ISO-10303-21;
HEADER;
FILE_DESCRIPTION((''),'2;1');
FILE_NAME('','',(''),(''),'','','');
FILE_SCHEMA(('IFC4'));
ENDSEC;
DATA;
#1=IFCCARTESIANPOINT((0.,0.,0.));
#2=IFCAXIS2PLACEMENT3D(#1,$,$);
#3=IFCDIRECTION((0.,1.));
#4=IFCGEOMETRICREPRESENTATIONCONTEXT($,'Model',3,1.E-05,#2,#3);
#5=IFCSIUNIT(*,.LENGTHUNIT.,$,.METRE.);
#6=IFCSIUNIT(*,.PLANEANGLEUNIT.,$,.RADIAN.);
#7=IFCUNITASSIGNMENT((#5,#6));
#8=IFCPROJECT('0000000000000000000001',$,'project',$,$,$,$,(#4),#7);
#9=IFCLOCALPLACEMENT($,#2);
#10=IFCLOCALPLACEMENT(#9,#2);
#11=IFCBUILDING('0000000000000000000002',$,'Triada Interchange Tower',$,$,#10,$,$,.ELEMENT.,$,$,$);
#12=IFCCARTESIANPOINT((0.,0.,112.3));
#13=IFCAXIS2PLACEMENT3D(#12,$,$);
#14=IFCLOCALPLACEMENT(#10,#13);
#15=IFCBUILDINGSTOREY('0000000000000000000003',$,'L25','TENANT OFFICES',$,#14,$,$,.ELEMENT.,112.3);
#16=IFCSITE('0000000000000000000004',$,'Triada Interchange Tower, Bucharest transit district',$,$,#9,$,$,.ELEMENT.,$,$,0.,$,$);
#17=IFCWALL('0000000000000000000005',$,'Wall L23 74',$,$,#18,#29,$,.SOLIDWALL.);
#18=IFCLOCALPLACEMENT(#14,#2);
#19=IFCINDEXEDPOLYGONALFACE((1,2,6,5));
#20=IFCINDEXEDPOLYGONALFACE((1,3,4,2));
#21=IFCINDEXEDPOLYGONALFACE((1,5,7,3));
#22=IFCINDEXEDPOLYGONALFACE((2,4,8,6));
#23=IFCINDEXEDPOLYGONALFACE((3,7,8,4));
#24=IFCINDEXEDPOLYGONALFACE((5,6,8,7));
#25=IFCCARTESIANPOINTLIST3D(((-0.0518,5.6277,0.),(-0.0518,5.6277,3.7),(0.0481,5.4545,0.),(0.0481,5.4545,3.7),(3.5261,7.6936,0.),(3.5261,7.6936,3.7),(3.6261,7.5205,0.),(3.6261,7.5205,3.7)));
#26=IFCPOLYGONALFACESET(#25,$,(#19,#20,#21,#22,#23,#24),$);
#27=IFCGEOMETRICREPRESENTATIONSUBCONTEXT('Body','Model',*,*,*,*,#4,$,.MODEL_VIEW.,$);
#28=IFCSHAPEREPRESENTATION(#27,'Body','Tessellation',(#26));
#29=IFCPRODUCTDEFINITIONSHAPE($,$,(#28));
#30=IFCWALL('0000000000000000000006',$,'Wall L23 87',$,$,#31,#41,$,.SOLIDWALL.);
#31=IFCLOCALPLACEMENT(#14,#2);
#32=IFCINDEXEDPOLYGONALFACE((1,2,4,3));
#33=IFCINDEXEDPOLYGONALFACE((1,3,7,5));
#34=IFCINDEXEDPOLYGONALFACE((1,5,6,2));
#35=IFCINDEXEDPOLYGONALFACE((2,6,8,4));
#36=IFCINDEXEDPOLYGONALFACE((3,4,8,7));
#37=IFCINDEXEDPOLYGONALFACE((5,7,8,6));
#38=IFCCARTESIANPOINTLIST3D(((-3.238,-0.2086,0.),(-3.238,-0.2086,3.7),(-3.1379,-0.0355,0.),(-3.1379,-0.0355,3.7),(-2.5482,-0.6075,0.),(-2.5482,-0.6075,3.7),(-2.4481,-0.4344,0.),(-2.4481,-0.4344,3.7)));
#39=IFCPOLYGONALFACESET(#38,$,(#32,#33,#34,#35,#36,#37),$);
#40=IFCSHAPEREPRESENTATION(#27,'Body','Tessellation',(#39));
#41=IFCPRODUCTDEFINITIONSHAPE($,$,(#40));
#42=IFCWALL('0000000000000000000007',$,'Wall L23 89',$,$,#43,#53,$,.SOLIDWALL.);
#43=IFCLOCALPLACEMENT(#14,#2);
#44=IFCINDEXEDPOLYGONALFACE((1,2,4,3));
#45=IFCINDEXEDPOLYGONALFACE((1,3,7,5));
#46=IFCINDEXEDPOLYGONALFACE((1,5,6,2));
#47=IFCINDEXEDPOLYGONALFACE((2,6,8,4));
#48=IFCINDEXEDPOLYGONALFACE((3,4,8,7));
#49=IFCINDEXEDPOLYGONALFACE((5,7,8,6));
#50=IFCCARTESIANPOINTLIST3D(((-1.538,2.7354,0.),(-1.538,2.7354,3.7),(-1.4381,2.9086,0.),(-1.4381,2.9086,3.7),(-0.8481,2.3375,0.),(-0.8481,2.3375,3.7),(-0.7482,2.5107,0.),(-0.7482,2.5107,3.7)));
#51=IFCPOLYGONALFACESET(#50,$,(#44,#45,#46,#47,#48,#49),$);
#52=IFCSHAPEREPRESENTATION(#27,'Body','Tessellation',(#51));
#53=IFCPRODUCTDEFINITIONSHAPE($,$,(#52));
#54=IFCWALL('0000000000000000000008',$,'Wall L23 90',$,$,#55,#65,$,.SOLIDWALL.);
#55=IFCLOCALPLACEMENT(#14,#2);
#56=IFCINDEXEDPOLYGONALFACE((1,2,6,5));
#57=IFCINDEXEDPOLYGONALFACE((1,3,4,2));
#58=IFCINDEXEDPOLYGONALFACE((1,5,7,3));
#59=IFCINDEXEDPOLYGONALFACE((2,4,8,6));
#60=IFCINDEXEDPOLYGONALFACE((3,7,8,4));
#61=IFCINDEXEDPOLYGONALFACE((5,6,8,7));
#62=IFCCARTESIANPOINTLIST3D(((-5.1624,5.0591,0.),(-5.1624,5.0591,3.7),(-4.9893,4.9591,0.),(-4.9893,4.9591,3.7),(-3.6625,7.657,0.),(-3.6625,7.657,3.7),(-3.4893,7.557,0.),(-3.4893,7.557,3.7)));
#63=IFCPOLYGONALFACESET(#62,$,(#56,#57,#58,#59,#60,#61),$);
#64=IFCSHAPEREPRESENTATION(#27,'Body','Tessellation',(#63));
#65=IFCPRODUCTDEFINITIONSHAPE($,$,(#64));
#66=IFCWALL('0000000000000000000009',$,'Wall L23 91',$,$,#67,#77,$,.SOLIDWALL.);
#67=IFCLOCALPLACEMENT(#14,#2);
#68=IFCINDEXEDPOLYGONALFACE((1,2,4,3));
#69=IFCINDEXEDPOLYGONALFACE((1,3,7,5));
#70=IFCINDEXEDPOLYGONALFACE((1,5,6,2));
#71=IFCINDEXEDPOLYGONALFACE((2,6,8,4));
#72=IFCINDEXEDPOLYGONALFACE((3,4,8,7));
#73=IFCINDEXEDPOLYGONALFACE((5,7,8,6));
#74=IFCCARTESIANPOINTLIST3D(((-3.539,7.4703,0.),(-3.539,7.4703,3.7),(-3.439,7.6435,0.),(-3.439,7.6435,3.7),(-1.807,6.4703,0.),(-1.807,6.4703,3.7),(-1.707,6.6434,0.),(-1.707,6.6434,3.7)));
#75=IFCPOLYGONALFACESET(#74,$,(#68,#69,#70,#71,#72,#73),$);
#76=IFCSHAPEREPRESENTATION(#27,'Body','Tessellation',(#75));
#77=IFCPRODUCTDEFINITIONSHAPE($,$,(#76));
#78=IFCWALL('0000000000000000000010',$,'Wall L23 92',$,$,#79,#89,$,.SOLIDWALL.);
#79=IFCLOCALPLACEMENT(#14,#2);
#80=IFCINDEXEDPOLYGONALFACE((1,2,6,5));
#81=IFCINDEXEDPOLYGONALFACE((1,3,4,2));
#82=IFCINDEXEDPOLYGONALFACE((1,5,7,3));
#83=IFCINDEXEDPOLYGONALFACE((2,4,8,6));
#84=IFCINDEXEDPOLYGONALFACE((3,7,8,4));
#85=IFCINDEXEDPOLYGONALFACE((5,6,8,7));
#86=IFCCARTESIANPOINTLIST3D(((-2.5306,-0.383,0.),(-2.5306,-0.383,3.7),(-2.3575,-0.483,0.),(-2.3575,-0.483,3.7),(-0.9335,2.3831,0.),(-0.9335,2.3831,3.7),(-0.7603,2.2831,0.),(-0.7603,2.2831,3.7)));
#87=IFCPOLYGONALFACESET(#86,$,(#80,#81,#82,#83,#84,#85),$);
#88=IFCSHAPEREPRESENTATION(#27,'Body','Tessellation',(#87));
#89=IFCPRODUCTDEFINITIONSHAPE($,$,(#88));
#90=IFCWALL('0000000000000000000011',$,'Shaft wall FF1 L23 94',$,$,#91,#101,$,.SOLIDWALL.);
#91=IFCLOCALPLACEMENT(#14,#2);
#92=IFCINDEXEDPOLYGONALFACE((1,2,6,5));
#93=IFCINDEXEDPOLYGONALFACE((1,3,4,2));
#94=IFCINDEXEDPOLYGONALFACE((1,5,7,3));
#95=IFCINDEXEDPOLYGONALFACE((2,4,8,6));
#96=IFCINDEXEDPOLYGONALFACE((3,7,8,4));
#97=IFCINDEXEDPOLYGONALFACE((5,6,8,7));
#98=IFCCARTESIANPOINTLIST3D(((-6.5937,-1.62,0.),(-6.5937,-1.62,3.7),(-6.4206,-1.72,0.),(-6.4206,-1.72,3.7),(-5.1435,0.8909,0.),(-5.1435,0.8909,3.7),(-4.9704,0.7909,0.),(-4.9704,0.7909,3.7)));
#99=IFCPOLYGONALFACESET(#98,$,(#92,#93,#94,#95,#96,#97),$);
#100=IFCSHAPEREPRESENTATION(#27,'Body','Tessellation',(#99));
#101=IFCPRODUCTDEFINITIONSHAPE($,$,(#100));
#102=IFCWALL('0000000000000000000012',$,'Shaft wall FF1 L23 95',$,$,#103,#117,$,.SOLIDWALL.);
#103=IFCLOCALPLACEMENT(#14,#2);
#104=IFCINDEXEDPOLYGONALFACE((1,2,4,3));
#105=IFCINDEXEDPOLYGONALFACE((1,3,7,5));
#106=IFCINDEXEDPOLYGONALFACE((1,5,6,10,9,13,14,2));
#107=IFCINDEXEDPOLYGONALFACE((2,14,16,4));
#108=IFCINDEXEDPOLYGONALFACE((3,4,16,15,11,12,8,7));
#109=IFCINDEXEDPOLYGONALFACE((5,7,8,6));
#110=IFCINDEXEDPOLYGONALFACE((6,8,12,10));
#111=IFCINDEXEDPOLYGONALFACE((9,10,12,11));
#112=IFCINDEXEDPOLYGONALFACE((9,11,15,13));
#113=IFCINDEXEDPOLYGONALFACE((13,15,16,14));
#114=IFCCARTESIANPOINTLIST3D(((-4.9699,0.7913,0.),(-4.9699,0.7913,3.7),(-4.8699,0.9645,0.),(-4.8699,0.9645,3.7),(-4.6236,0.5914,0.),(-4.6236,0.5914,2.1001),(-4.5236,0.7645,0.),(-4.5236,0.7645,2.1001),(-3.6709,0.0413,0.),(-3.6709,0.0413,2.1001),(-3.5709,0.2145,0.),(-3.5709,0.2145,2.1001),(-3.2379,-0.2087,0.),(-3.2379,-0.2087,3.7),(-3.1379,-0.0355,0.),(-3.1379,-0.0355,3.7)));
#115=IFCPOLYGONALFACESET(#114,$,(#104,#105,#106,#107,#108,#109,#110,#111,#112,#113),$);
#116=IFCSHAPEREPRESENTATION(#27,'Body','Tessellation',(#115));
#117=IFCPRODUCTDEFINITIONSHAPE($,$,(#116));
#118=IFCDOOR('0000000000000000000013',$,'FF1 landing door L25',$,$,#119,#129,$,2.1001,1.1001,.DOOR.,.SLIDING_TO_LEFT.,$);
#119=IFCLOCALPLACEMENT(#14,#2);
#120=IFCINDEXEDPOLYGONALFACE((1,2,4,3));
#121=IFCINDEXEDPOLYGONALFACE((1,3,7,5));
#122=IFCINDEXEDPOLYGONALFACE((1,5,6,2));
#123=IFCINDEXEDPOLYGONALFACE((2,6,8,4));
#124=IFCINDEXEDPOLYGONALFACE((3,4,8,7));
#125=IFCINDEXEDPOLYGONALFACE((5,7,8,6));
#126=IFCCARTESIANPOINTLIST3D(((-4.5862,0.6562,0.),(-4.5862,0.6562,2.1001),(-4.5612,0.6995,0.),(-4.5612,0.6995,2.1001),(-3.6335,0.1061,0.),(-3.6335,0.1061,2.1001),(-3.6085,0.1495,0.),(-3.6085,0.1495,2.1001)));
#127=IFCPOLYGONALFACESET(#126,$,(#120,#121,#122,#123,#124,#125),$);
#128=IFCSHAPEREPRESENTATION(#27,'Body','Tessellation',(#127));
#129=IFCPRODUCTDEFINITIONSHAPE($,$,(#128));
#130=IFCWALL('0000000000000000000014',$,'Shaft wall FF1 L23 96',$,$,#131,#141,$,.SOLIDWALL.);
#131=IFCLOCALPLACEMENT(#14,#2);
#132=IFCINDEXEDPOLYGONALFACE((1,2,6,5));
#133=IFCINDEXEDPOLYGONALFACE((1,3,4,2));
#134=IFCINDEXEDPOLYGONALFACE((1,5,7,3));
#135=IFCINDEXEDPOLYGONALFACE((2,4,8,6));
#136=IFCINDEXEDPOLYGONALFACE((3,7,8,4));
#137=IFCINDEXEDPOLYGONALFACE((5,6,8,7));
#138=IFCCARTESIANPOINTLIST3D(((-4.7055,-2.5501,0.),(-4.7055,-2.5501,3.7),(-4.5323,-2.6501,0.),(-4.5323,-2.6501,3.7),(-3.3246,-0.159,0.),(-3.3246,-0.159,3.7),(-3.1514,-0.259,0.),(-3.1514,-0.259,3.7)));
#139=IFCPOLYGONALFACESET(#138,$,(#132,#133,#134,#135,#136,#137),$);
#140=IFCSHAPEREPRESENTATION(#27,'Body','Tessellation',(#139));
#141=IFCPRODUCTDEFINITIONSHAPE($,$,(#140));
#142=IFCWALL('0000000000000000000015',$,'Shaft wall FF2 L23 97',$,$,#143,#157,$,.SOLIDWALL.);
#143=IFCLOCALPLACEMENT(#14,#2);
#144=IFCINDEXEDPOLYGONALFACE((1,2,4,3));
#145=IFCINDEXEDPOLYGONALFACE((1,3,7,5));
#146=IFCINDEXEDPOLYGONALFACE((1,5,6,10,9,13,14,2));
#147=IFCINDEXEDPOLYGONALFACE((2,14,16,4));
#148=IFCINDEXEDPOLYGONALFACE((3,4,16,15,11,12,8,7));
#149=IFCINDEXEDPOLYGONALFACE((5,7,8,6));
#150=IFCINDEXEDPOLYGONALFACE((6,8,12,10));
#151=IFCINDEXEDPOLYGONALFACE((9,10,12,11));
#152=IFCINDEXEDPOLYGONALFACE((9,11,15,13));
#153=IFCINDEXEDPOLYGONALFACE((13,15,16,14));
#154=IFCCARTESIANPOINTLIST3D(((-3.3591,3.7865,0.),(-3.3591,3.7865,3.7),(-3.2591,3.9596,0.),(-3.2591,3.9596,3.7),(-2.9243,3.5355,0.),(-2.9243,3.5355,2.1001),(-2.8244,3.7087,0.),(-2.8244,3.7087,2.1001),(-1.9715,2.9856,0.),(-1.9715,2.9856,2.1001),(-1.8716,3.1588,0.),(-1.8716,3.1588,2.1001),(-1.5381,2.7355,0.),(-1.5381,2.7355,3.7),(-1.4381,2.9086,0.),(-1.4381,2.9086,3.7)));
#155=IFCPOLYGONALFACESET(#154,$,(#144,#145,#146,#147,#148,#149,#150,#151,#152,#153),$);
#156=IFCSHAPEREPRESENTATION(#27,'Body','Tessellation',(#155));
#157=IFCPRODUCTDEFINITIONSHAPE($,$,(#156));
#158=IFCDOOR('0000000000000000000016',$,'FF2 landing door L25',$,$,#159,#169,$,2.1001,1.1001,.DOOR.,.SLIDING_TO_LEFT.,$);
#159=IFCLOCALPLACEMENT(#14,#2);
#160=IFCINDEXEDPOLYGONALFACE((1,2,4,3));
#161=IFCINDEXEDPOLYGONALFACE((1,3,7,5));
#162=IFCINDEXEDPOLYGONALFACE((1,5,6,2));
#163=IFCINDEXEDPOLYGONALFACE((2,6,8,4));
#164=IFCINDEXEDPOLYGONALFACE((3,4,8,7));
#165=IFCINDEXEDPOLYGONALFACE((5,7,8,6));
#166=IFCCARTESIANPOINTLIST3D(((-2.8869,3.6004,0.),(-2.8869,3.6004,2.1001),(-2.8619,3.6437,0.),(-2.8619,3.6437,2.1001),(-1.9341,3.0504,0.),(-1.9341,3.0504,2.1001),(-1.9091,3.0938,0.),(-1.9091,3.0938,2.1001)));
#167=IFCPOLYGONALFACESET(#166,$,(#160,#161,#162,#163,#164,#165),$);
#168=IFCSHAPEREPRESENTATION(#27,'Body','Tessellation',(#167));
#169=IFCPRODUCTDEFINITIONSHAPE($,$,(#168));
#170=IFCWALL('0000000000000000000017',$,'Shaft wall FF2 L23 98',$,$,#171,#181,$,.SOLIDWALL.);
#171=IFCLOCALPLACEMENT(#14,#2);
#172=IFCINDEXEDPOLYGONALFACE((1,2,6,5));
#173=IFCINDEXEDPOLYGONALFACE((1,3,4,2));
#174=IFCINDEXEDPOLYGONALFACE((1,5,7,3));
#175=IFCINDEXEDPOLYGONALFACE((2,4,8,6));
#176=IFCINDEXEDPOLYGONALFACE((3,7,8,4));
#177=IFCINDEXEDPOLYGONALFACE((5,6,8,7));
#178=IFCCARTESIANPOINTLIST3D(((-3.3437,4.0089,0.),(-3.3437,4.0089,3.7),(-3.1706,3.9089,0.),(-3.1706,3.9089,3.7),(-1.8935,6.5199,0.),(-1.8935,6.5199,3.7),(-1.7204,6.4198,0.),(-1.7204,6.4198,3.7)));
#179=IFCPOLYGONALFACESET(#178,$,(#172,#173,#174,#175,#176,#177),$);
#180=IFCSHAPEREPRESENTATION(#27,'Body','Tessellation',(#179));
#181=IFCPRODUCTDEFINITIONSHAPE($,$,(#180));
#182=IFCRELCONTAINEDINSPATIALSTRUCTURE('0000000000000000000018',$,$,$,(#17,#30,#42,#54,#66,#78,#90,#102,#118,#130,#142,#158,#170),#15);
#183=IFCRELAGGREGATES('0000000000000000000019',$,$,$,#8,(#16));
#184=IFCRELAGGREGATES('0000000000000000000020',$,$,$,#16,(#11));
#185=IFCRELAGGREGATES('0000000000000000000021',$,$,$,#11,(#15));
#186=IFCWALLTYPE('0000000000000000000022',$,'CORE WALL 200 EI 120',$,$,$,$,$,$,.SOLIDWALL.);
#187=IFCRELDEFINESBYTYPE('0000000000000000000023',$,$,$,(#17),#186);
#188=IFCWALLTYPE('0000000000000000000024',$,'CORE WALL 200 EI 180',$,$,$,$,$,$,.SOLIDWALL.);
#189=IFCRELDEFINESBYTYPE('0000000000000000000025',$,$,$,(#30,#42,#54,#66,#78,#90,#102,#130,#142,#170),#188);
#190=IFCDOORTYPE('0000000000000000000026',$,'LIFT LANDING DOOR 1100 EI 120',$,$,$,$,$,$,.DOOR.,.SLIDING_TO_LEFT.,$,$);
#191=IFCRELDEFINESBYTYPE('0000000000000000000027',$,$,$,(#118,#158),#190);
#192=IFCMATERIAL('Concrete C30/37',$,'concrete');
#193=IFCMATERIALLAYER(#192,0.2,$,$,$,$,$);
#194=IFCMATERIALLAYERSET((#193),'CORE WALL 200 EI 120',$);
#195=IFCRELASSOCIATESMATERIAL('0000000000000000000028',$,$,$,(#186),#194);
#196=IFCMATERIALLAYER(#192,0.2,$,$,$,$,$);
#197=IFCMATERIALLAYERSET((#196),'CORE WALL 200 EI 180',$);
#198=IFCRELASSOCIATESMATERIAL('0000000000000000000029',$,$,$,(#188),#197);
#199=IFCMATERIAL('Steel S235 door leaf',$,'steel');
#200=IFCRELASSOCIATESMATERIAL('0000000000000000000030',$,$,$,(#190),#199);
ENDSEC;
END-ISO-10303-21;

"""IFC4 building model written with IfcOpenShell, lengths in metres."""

from ifc_helpers import new_model, si_unit, direction, frame, frame_2d, origin, place, context, subcontext, project, spatial, rectangle, extrude, material, layer, layer_set, type_object, element, fill, save


model = new_model("IFC4")

# Units and contexts
model_context = context("Model", 3, precision=1e-05, world=origin(), true_north=direction((0.0, 1.0)))
body_context = subcontext(model_context, "Body", "Model", "MODEL_VIEW")
ifc_project = project(units=[si_unit("LENGTHUNIT", "METRE"), si_unit("PLANEANGLEUNIT", "RADIAN")], contexts=[model_context])

# Site, building, storey
site_placement = place(None, origin())
site = spatial("IfcSite", under=ifc_project, at=site_placement, Name="Triada Interchange Tower, Bucharest transit district", CompositionType="ELEMENT", RefElevation=0.0)
building_placement = place(site_placement, origin())
building = spatial("IfcBuilding", under=site, at=building_placement, Name="Triada Interchange Tower", CompositionType="ELEMENT")
storey_placement = place(building_placement, frame((0.0, 0.0, 112.3)))
storey = spatial("IfcBuildingStorey", under=building, at=storey_placement, Name="L25", Description="TENANT OFFICES", CompositionType="ELEMENT", Elevation=112.3)

# Walls
ifc_material_1 = material(Name="Concrete C30/37", Category="concrete")
ifc_layer_1 = layer(ifc_material_1, 0.2)
ifc_layer_set_1 = layer_set([ifc_layer_1], Name="CORE WALL 200 EI 120")
wall_type_1 = type_object("IfcWallType", Name="CORE WALL 200 EI 120", PredefinedType="SOLIDWALL", material=ifc_layer_set_1)
wall_1_placement = place(storey_placement, frame((-0.002, 5.541, 0.0), z_axis=(0.0, 0.0, 1.0), x_axis=(0.866002, 0.500041, 0.0)))
element("IfcWall", 1, at=wall_1_placement, inside=storey, type_object=wall_type_1, Name="Wall L23 74", PredefinedType="SOLIDWALL", context=body_context, shape_type="SweptSolid", body=[
    extrude(rectangle(XDim=4.1316, YDim=0.2, at=frame_2d((2.0659, 0.0))), origin(), (0.0, 0.0, 1.0), 3.7),
])
ifc_layer_2 = layer(ifc_material_1, 0.2)
ifc_layer_set_2 = layer_set([ifc_layer_2], Name="CORE WALL 200 EI 180")
wall_type_2 = type_object("IfcWallType", Name="CORE WALL 200 EI 180", PredefinedType="SOLIDWALL", material=ifc_layer_set_2)
wall_2_placement = place(storey_placement, frame((-3.188, -0.1221, 0.0), z_axis=(0.0, 0.0, 1.0), x_axis=(0.865706, -0.500553, 0.0)))
element("IfcWall", 2, at=wall_2_placement, inside=storey, type_object=wall_type_2, Name="Wall L23 87", PredefinedType="SOLIDWALL", context=body_context, shape_type="SweptSolid", body=[
    extrude(rectangle(XDim=0.7969, YDim=0.2, at=frame_2d((0.3984, 0.0))), origin(), (0.0, 0.0, 1.0), 3.7),
])
wall_3_placement = place(storey_placement, frame((-1.488, 2.822, 0.0), z_axis=(0.0, 0.0, 1.0), x_axis=(0.866237, -0.499634, 0.0)))
element("IfcWall", 3, at=wall_3_placement, inside=storey, type_object=wall_type_2, Name="Wall L23 89", PredefinedType="SOLIDWALL", context=body_context, shape_type="SweptSolid", body=[
    extrude(rectangle(XDim=0.7964, YDim=0.2, at=frame_2d((0.3982, 0.0))), origin(), (0.0, 0.0, 1.0), 3.7),
])
wall_4_placement = place(storey_placement, frame((-5.0759, 5.009, 0.0), z_axis=(0.0, 0.0, 1.0), x_axis=(0.500025, 0.866011, 0.0)))
element("IfcWall", 4, at=wall_4_placement, inside=storey, type_object=wall_type_2, Name="Wall L23 90", PredefinedType="SOLIDWALL", context=body_context, shape_type="SweptSolid", body=[
    extrude(rectangle(XDim=2.9998, YDim=0.2, at=frame_2d((1.5, 0.0))), origin(), (0.0, 0.0, 1.0), 3.7),
])
wall_5_placement = place(storey_placement, frame((-3.489, 7.5569, 0.0), z_axis=(0.0, 0.0, 1.0), x_axis=(0.866011, -0.500025, 0.0)))
element("IfcWall", 5, at=wall_5_placement, inside=storey, type_object=wall_type_2, Name="Wall L23 91", PredefinedType="SOLIDWALL", context=body_context, shape_type="SweptSolid", body=[
    extrude(rectangle(XDim=2.0, YDim=0.2, at=frame_2d((1.0, 0.0))), origin(), (0.0, 0.0, 1.0), 3.7),
])
wall_6_placement = place(storey_placement, frame((-2.4441, -0.4331, 0.0), z_axis=(0.0, 0.0, 1.0), x_axis=(0.500036, 0.866005, 0.0)))
element("IfcWall", 6, at=wall_6_placement, inside=storey, type_object=wall_type_2, Name="Wall L23 92", PredefinedType="SOLIDWALL", context=body_context, shape_type="SweptSolid", body=[
    extrude(rectangle(XDim=3.1941, YDim=0.2, at=frame_2d((1.5972, 0.0))), origin(), (0.0, 0.0, 1.0), 3.7),
])
wall_7_placement = place(storey_placement, frame((-6.5071, -1.6699, 0.0), z_axis=(0.0, 0.0, 1.0), x_axis=(0.500123, 0.865954, 0.0)))
element("IfcWall", 7, at=wall_7_placement, inside=storey, type_object=wall_type_2, Name="Shaft wall FF1 L23 94", PredefinedType="SOLIDWALL", context=body_context, shape_type="SweptSolid", body=[
    extrude(rectangle(XDim=2.8997, YDim=0.2, at=frame_2d((1.4497, 0.0))), origin(), (0.0, 0.0, 1.0), 3.7),
])

# Wall, opening, door
wall_8_placement = place(storey_placement, frame((-4.9199, 0.8779, 0.0), z_axis=(0.0, 0.0, 1.0), x_axis=(0.866011, -0.500025, 0.0)))
wall_8 = element("IfcWall", 8, at=wall_8_placement, inside=storey, type_object=wall_type_2, Name="Shaft wall FF1 L23 95", PredefinedType="SOLIDWALL", context=body_context, shape_type="SweptSolid", body=[
    extrude(rectangle(XDim=2.0, YDim=0.2, at=frame_2d((1.0, 0.0))), origin(), (0.0, 0.0, 1.0), 3.7),
])
opening_1_placement = place(wall_8_placement, frame((0.3999, 0.0, 0.0)))
opening_1 = element("IfcOpeningElement", 9, at=opening_1_placement, cuts=wall_8, PredefinedType="OPENING", context=body_context, shape_type="SweptSolid", body=[
    extrude(rectangle(XDim=1.1001, YDim=2.1001, at=frame_2d((0.55, 1.05))), frame((0.0, 0.1099, 0.0), z_axis=(0.0, -1.0, 0.0), x_axis=(1.0, 0.0, 0.0)), (0.0, 0.0, 1.0), 0.22),
])
ifc_material_2 = material(Name="Steel S235 door leaf", Category="steel")
door_type = type_object("IfcDoorType", Name="LIFT LANDING DOOR 1100 EI 120", OperationType="SLIDING_TO_LEFT", PredefinedType="DOOR", material=ifc_material_2)
door_1_placement = place(opening_1_placement, origin())
door_1 = element("IfcDoor", 10, at=door_1_placement, inside=storey, type_object=door_type, Name="FF1 landing door L25", OperationType="SLIDING_TO_LEFT", OverallHeight=2.1001, OverallWidth=1.1001, PredefinedType="DOOR", context=body_context, shape_type="SweptSolid", body=[
    extrude(rectangle(XDim=1.1001, YDim=2.1001, at=frame_2d((0.55, 1.05))), frame((0.0, 0.0249, 0.0), z_axis=(0.0, -1.0, 0.0), x_axis=(1.0, 0.0, 0.0)), (0.0, 0.0, 1.0), 0.05),
])
fill(opening_1, door_1)

# Wall
wall_9_placement = place(storey_placement, frame((-4.6189, -2.6001, 0.0), z_axis=(0.0, 0.0, 1.0), x_axis=(0.500095, 0.865971, 0.0)))
element("IfcWall", 11, at=wall_9_placement, inside=storey, type_object=wall_type_2, Name="Shaft wall FF1 L23 96", PredefinedType="SOLIDWALL", context=body_context, shape_type="SweptSolid", body=[
    extrude(rectangle(XDim=2.7612, YDim=0.2, at=frame_2d((1.3806, 0.0))), origin(), (0.0, 0.0, 1.0), 3.7),
])

# Wall, opening, door
wall_10_placement = place(storey_placement, frame((-3.3091, 3.873, 0.0), z_axis=(0.0, 0.0, 1.0), x_axis=(0.866099, -0.499873, 0.0)))
wall_10 = element("IfcWall", 12, at=wall_10_placement, inside=storey, type_object=wall_type_2, Name="Shaft wall FF2 L23 97", PredefinedType="SOLIDWALL", context=body_context, shape_type="SweptSolid", body=[
    extrude(rectangle(XDim=2.1025, YDim=0.2, at=frame_2d((1.0513, 0.0))), origin(), (0.0, 0.0, 1.0), 3.7),
])
opening_2_placement = place(wall_10_placement, frame((0.502, 0.0, 0.0)))
opening_2 = element("IfcOpeningElement", 13, at=opening_2_placement, cuts=wall_10, PredefinedType="OPENING", context=body_context, shape_type="SweptSolid", body=[
    extrude(rectangle(XDim=1.1001, YDim=2.1001, at=frame_2d((0.55, 1.05))), frame((0.0, 0.1099, 0.0), z_axis=(0.0, -1.0, 0.0), x_axis=(1.0, 0.0, 0.0)), (0.0, 0.0, 1.0), 0.22),
])
door_2_placement = place(opening_2_placement, origin())
door_2 = element("IfcDoor", 14, at=door_2_placement, inside=storey, type_object=door_type, Name="FF2 landing door L25", OperationType="SLIDING_TO_LEFT", OverallHeight=2.1001, OverallWidth=1.1001, PredefinedType="DOOR", context=body_context, shape_type="SweptSolid", body=[
    extrude(rectangle(XDim=1.1001, YDim=2.1001, at=frame_2d((0.55, 1.05))), frame((0.0, 0.0249, 0.0), z_axis=(0.0, -1.0, 0.0), x_axis=(1.0, 0.0, 0.0)), (0.0, 0.0, 1.0), 0.05),
])
fill(opening_2, door_2)

# Wall
wall_11_placement = place(storey_placement, frame((-3.2571, 3.959, 0.0), z_axis=(0.0, 0.0, 1.0), x_axis=(0.500123, 0.865954, 0.0)))
element("IfcWall", 15, at=wall_11_placement, inside=storey, type_object=wall_type_2, Name="Shaft wall FF2 L23 98", PredefinedType="SOLIDWALL", context=body_context, shape_type="SweptSolid", body=[
    extrude(rectangle(XDim=2.8997, YDim=0.2, at=frame_2d((1.4497, 0.0))), origin(), (0.0, 0.0, 1.0), 3.7),
])

save(model, "model.ifc")
